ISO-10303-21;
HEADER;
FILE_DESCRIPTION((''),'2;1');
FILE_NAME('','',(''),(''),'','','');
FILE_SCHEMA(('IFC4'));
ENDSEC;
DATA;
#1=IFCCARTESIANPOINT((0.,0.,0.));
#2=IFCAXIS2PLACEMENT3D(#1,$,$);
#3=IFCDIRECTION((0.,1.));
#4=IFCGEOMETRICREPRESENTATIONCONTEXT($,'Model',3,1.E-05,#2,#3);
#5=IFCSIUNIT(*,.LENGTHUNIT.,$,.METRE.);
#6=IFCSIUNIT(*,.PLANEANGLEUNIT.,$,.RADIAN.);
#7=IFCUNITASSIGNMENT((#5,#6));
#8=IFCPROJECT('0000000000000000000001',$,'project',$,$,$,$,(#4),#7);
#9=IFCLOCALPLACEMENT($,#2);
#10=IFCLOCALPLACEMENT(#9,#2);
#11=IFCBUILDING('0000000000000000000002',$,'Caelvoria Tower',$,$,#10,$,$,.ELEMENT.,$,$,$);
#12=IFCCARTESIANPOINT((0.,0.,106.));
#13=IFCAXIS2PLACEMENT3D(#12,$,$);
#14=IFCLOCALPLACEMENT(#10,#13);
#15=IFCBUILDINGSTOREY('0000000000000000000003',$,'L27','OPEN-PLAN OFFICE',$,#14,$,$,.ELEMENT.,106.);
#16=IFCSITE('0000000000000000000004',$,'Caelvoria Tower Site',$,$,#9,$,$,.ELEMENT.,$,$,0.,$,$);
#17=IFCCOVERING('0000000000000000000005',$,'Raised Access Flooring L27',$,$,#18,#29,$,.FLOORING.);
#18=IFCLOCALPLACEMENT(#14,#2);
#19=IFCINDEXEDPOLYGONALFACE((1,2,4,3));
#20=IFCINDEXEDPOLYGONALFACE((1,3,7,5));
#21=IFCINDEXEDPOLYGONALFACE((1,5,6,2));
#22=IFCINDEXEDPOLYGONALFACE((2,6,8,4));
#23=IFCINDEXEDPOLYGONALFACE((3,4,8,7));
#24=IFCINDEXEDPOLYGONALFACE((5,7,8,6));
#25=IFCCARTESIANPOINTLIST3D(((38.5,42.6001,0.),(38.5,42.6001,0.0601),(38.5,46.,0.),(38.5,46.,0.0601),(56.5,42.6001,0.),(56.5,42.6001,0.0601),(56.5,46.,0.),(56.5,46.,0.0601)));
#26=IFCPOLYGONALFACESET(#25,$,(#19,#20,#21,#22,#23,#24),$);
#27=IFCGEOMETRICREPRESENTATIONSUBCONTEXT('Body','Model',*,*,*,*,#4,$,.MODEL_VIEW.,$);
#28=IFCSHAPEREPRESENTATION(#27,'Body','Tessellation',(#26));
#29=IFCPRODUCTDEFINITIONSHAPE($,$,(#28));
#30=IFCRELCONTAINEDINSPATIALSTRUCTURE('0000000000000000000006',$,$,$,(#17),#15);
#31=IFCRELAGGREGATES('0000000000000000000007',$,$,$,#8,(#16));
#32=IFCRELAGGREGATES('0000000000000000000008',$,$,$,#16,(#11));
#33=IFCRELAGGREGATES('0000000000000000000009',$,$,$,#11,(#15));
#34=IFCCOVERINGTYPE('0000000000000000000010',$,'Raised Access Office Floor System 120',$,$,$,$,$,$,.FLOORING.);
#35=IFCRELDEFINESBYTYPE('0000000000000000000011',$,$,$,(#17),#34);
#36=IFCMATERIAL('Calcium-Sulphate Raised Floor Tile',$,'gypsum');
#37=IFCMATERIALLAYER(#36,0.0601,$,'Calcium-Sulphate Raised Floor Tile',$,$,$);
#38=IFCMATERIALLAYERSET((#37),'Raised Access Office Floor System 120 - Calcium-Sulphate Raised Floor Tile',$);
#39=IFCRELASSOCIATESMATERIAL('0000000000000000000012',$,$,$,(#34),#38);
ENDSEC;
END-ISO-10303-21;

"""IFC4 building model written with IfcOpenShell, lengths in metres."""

from ifc_helpers import new_model, si_unit, direction, frame, origin, place, context, subcontext, project, spatial, polyline, outline, extrude, material, layer, layer_set, type_object, element, save


model = new_model("IFC4")

# Units and contexts
model_context = context("Model", 3, precision=1e-05, world=origin(), true_north=direction((0.0, 1.0)))
body_context = subcontext(model_context, "Body", "Model", "MODEL_VIEW")
ifc_project = project(units=[si_unit("LENGTHUNIT", "METRE"), si_unit("PLANEANGLEUNIT", "RADIAN")], contexts=[model_context])

# Site, building, storey
site_placement = place(None, origin())
site = spatial("IfcSite", under=ifc_project, at=site_placement, Name="Caelvoria Tower Site", CompositionType="ELEMENT", RefElevation=0.0)
building_placement = place(site_placement, origin())
building = spatial("IfcBuilding", under=site, at=building_placement, Name="Caelvoria Tower", CompositionType="ELEMENT")
storey_placement = place(building_placement, frame((0.0, 0.0, 106.0)))
storey = spatial("IfcBuildingStorey", under=building, at=storey_placement, Name="L27", Description="OPEN-PLAN OFFICE", CompositionType="ELEMENT", Elevation=106.0)

# Covering
ifc_material_1 = material(Name="Calcium-Sulphate Raised Floor Tile", Category="gypsum")
ifc_layer_1 = layer(ifc_material_1, 0.0601, Name="Calcium-Sulphate Raised Floor Tile")
ifc_layer_set_1 = layer_set([ifc_layer_1], Name="Raised Access Office Floor System 120 - Calcium-Sulphate Raised Floor Tile")
covering_type_1 = type_object("IfcCoveringType", Name="Raised Access Office Floor System 120", PredefinedType="FLOORING", material=ifc_layer_set_1)
covering_1_placement = place(storey_placement, origin())
element("IfcCovering", 1, at=covering_1_placement, inside=storey, type_object=covering_type_1, Name="Raised Access Flooring L27", PredefinedType="FLOORING", context=body_context, shape_type="SweptSolid", body=[
    extrude(outline(polyline([(38.5, 42.6001), (56.5, 42.6001), (56.5, 46.0), (38.5, 46.0), (38.5, 42.6001)])), origin(), (0.0, 0.0, 1.0), 0.0601),
])

save(model, "model.ifc")
